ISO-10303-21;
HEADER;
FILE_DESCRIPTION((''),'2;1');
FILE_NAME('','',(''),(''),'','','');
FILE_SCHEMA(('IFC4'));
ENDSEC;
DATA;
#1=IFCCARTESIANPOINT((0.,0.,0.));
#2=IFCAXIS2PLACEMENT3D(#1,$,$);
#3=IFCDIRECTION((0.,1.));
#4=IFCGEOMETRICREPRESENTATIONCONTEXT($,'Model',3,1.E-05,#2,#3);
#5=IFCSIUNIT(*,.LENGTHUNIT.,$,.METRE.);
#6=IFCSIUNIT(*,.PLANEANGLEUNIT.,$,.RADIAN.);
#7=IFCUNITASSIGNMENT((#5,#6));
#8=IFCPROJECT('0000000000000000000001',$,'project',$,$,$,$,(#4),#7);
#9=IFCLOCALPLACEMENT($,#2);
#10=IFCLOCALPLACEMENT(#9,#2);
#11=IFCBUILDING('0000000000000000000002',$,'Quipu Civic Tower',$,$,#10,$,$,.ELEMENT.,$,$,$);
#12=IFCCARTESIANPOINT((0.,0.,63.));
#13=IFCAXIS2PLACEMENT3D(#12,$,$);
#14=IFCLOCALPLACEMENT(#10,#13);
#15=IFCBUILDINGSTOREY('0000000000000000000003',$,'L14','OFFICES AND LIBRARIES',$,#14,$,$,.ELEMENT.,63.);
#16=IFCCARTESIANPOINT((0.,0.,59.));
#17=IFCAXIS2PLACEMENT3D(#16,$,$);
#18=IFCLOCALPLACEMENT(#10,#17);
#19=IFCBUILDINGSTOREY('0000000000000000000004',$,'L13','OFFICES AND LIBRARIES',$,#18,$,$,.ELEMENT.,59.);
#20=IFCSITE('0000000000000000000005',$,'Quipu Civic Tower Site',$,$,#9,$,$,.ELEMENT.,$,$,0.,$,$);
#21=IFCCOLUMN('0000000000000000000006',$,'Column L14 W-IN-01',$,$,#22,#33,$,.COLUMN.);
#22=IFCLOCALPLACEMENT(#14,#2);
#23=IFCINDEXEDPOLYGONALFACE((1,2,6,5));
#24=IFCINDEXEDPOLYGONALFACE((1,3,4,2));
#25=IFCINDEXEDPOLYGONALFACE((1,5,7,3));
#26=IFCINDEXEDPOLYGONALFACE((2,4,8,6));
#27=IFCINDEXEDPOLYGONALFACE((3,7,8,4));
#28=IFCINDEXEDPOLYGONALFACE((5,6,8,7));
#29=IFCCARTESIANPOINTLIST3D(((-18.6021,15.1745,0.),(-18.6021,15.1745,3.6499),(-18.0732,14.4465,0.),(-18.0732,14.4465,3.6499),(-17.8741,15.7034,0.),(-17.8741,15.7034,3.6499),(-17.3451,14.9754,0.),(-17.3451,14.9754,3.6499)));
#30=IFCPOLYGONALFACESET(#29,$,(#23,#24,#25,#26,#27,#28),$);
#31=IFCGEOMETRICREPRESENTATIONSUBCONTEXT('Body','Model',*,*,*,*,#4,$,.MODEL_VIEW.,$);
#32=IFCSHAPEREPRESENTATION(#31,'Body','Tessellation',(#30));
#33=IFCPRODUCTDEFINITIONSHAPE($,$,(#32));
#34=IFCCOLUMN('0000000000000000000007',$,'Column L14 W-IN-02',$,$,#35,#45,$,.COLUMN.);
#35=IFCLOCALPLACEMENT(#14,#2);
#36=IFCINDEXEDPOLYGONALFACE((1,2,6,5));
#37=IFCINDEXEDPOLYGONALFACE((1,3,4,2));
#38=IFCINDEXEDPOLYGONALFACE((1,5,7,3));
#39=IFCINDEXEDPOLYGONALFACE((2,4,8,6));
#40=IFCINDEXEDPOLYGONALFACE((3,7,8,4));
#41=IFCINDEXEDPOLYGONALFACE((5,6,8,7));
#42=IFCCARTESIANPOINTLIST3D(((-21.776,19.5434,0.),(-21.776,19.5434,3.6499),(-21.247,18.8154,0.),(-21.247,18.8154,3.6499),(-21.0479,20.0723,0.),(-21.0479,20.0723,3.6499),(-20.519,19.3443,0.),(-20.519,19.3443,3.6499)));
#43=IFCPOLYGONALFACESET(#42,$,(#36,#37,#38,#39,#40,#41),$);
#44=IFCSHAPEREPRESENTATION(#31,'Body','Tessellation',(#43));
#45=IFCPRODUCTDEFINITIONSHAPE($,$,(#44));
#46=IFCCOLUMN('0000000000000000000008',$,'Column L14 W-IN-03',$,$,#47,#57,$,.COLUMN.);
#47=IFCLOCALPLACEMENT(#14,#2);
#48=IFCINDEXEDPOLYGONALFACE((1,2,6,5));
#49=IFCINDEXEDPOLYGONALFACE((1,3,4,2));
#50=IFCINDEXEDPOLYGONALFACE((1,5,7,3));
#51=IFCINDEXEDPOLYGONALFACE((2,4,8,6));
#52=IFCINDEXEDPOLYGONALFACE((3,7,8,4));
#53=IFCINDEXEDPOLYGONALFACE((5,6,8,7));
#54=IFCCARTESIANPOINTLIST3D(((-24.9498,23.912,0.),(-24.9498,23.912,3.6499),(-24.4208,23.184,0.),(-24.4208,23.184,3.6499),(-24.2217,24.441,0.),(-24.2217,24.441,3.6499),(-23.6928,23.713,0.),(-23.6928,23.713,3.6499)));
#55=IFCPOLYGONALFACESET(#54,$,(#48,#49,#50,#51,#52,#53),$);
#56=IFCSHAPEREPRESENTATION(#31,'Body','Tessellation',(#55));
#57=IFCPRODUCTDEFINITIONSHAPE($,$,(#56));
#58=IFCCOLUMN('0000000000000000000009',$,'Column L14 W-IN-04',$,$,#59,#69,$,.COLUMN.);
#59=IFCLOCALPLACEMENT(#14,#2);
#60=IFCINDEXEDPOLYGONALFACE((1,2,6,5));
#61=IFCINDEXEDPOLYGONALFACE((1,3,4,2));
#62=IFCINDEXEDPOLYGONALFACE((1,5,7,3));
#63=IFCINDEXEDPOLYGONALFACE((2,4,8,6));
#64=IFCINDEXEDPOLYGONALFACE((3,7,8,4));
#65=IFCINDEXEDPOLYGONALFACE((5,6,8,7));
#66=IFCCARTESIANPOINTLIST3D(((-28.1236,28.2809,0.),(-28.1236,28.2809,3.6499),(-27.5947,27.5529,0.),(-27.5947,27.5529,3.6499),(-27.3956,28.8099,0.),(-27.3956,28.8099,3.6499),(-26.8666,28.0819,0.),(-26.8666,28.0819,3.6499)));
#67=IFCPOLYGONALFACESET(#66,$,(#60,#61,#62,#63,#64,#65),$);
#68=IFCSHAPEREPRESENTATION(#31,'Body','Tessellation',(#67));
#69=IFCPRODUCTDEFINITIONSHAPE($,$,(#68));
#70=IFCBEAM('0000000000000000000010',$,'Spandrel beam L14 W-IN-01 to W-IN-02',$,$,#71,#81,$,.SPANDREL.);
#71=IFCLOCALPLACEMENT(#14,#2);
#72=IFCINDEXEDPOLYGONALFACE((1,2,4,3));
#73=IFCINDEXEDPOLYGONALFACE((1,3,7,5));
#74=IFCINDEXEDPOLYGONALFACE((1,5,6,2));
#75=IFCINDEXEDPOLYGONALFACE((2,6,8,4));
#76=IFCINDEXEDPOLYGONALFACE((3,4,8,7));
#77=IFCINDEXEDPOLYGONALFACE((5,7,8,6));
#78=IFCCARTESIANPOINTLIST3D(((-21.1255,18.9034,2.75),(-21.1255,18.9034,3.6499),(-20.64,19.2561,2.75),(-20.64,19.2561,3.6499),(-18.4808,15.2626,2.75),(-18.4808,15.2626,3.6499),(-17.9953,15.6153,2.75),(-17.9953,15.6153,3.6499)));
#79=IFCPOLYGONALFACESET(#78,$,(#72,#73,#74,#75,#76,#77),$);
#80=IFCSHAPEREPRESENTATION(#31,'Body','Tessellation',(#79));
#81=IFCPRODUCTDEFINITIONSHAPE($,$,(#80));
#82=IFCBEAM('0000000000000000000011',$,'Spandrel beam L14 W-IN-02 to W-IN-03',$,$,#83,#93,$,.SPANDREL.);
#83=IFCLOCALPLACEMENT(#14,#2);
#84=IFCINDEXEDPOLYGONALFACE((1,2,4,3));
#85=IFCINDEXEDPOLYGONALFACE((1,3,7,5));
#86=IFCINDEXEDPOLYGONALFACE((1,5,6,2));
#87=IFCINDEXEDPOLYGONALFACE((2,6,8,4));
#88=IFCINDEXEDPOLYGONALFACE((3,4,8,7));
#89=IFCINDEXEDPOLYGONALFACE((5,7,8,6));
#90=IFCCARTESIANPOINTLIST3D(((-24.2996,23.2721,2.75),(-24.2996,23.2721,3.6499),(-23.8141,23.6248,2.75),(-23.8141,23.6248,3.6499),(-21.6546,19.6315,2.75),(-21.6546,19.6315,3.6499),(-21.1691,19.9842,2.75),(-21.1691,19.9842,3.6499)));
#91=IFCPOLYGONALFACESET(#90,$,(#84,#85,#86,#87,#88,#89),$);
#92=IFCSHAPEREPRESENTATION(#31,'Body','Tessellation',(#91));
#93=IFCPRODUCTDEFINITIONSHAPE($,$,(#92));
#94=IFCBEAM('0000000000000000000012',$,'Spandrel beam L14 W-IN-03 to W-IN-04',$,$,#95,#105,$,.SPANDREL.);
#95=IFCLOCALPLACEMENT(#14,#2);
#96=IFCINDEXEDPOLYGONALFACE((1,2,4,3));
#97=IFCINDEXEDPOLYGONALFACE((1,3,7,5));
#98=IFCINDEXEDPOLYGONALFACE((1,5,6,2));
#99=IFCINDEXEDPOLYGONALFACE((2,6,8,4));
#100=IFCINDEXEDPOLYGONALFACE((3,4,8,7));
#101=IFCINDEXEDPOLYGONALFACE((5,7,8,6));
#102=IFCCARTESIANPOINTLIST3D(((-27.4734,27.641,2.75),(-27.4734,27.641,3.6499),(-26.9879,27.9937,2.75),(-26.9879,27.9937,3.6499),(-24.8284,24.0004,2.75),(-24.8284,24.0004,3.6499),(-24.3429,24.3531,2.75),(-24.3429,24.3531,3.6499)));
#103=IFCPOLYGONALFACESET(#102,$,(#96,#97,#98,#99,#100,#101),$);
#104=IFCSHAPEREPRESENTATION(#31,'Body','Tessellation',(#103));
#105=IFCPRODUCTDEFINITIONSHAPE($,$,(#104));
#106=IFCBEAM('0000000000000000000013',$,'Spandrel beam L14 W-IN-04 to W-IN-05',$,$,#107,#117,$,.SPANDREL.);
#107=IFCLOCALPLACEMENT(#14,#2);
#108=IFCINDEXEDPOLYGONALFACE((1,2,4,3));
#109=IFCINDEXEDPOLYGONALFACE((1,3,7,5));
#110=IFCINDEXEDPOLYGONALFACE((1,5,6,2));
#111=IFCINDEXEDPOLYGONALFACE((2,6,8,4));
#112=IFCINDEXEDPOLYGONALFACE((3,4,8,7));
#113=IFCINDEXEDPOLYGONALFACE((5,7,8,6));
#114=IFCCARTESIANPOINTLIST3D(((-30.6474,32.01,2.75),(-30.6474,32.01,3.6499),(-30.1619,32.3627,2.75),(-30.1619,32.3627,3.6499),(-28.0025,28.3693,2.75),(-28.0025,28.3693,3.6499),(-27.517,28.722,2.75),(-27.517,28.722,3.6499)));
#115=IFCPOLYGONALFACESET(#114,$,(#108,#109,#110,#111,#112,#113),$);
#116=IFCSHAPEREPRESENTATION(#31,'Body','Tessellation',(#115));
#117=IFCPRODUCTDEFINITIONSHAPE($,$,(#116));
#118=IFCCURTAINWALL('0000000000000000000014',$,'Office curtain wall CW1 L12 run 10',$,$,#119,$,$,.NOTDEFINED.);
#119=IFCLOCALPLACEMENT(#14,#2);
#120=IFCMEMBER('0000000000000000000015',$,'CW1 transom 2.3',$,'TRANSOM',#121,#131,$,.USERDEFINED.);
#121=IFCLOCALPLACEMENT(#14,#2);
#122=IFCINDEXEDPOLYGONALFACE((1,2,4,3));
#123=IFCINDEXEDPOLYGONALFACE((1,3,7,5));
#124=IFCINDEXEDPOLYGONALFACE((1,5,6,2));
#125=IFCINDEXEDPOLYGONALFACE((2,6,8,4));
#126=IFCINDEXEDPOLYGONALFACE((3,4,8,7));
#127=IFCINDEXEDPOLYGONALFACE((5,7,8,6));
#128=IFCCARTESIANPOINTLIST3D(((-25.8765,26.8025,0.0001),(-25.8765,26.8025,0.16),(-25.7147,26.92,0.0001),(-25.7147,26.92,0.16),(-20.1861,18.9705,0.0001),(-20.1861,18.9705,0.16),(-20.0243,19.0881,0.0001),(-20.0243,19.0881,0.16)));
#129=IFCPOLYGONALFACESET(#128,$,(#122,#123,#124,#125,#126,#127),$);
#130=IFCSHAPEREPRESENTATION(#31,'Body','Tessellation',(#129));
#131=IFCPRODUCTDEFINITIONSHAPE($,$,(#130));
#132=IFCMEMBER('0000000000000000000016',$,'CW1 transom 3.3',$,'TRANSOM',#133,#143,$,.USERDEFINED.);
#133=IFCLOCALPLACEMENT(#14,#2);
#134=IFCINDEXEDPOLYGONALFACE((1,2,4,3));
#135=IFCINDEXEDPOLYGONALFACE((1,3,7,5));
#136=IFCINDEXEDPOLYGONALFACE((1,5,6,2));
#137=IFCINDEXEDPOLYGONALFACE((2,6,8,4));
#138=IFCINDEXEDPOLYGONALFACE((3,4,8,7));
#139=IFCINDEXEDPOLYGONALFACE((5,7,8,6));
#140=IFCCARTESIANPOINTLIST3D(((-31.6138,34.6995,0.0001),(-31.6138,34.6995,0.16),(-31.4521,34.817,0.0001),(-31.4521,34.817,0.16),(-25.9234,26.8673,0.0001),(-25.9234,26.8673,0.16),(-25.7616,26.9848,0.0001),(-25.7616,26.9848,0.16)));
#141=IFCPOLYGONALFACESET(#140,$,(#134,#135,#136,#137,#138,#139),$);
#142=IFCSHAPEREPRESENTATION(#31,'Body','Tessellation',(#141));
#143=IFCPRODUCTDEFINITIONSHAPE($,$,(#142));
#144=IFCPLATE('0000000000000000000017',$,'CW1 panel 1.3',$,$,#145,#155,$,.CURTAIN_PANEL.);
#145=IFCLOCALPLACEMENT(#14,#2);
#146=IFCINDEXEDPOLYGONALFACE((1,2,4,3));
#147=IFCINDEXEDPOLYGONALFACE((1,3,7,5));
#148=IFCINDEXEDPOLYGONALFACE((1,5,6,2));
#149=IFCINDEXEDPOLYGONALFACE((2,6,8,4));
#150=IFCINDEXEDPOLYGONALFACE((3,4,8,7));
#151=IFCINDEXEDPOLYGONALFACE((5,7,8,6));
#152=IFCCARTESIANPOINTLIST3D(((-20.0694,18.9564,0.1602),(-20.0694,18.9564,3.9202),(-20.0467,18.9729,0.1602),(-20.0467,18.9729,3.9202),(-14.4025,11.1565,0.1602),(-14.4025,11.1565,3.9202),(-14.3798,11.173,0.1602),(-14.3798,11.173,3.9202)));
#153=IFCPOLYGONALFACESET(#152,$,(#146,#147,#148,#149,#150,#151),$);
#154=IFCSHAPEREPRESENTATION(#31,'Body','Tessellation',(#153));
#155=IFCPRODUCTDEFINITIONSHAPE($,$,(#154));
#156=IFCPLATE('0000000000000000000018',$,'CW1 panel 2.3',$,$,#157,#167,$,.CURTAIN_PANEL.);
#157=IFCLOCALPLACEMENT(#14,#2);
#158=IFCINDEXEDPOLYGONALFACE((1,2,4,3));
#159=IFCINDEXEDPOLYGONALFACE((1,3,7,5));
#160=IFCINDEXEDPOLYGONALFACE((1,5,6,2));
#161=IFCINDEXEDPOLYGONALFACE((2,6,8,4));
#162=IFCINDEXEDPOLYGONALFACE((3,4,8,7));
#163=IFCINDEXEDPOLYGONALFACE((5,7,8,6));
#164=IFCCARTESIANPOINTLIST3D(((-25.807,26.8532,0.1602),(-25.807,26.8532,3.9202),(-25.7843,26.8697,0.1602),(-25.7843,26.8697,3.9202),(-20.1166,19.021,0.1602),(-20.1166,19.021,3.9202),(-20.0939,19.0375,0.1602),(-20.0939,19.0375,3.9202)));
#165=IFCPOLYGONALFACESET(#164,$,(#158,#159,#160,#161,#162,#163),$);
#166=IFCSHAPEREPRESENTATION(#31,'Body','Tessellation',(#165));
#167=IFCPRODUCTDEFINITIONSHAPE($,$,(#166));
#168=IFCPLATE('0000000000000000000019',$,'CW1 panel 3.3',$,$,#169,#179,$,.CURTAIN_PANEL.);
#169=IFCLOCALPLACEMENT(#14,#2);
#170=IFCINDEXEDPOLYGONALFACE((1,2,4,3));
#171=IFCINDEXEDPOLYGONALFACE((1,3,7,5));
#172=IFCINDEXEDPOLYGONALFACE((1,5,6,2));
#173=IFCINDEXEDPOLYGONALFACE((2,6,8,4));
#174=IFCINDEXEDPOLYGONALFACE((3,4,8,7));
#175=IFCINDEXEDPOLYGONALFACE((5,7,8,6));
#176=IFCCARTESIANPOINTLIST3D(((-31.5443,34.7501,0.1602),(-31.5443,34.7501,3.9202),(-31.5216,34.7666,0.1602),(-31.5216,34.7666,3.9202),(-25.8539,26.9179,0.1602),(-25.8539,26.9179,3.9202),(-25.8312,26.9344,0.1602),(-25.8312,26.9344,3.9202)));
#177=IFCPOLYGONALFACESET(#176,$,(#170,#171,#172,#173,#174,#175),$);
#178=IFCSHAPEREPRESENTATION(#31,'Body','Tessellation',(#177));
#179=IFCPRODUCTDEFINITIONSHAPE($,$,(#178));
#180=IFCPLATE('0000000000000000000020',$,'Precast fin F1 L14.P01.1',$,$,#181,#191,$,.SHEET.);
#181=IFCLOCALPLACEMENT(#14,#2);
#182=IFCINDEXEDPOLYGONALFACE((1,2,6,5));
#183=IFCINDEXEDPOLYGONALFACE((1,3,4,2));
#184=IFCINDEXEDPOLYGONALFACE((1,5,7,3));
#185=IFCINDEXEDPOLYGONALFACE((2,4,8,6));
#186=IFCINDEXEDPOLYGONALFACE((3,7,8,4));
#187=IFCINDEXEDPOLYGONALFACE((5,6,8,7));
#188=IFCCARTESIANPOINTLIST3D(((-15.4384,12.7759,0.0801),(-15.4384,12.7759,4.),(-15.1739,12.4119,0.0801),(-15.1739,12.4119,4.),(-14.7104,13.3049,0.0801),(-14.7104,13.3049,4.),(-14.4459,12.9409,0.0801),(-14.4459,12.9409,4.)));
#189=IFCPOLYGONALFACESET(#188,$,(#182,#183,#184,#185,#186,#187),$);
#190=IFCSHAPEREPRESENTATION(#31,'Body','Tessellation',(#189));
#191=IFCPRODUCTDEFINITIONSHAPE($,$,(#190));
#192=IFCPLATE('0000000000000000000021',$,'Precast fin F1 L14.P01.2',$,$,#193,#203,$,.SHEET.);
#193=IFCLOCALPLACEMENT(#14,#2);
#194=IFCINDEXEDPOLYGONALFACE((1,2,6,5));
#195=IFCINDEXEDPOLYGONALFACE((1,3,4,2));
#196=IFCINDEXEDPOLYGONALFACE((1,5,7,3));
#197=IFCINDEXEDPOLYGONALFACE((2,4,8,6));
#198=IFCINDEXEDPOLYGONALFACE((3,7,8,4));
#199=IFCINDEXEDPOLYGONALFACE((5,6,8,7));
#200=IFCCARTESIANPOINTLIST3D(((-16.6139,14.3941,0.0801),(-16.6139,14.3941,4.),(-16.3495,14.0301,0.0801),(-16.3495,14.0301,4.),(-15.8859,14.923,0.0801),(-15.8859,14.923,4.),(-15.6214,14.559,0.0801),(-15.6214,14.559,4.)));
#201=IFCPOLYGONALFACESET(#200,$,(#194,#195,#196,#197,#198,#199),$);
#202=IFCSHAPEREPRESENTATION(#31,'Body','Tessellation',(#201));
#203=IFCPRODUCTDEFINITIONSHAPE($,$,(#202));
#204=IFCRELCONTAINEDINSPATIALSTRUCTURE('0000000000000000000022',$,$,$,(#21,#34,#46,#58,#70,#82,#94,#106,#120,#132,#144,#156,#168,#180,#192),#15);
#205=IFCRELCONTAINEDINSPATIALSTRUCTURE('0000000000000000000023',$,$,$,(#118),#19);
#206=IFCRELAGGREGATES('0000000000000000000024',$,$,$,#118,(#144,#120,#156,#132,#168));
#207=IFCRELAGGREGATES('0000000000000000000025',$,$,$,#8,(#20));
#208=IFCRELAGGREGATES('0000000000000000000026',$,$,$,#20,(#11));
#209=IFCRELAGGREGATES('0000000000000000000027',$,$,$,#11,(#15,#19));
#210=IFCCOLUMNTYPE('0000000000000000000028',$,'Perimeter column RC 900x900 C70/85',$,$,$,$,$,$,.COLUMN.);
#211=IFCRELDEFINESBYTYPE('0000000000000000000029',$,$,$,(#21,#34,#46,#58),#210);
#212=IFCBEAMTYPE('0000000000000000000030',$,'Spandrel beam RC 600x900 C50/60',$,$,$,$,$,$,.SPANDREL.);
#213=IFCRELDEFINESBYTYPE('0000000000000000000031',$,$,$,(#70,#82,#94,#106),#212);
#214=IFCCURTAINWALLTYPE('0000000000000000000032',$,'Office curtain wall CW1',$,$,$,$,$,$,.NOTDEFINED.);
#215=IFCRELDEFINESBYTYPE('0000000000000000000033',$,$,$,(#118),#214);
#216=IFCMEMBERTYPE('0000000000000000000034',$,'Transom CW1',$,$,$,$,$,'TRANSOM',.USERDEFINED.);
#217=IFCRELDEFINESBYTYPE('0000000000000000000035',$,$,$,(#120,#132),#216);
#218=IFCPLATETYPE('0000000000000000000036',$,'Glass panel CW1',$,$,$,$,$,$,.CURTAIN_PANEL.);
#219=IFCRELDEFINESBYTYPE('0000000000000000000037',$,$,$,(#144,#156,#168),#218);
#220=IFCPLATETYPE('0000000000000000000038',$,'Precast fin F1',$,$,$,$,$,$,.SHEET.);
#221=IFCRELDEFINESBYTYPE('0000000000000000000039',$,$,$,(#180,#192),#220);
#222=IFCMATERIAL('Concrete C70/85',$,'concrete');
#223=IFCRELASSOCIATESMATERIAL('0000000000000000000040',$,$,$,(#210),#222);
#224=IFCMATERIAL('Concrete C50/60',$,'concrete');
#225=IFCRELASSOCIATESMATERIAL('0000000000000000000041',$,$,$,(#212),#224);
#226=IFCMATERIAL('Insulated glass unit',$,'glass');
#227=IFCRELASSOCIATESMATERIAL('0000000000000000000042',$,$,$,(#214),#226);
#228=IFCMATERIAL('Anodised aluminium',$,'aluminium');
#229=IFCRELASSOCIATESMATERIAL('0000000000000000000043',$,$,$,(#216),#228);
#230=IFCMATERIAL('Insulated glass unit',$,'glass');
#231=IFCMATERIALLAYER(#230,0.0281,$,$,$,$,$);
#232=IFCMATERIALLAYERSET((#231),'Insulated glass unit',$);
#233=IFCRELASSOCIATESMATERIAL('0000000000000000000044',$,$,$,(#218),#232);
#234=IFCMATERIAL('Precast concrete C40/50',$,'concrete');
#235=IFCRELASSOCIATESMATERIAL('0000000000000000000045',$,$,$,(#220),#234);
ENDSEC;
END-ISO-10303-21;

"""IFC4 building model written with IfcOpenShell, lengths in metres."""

from ifc_helpers import new_model, si_unit, direction, frame, origin, origin_2d, place, context, subcontext, project, spatial, rectangle, extrude, material, layer, layer_set, material_profile, profile_set, type_object, element, aggregate, save


model = new_model("IFC4")

# Units and contexts
model_context = context("Model", 3, precision=1e-05, world=origin(), true_north=direction((0.0, 1.0)))
body_context = subcontext(model_context, "Body", "Model", "MODEL_VIEW")
ifc_project = project(units=[si_unit("LENGTHUNIT", "METRE"), si_unit("PLANEANGLEUNIT", "RADIAN")], contexts=[model_context])

# Site, building, storey
site_placement = place(None, origin())
site = spatial("IfcSite", under=ifc_project, at=site_placement, Name="Quipu Civic Tower Site", CompositionType="ELEMENT", RefElevation=0.0)
building_placement = place(site_placement, origin())
building = spatial("IfcBuilding", under=site, at=building_placement, Name="Quipu Civic Tower", CompositionType="ELEMENT")
storey_1_placement = place(building_placement, frame((0.0, 0.0, 63.0)))
storey_1 = spatial("IfcBuildingStorey", under=building, at=storey_1_placement, Name="L14", Description="OFFICES AND LIBRARIES", CompositionType="ELEMENT", Elevation=63.0)

# Columns
ifc_material_1 = material(Name="Concrete C70/85", Category="concrete")
ifc_material_profile_1 = material_profile(ifc_material_1, rectangle(XDim=0.8999, YDim=0.8999, at=origin_2d()), Name="RC900x900")
ifc_profile_set_1 = profile_set([ifc_material_profile_1], Name="Concrete C70/85")
column_type = type_object("IfcColumnType", Name="Perimeter column RC 900x900 C70/85", PredefinedType="COLUMN", material=ifc_profile_set_1)
for number, where, z_axis, x_axis, name in (
    (1, (-17.9736, 15.075, 0.0), (0.0, 0.0, 1.0), (-0.587785, 0.809017, 0.0), "Column L14 W-IN-01"),
    (2, (-21.1475, 19.4438, 0.0), (0.0, 0.0, 1.0), (-0.587785, 0.809017, 0.0), "Column L14 W-IN-02"),
    (3, (-24.3213, 23.8125, 0.0), (0.0, 0.0, 1.0), (-0.587785, 0.809017, 0.0), "Column L14 W-IN-03"),
    (4, (-27.4951, 28.1814, 0.0), (0.0, 0.0, 1.0), (-0.587785, 0.809017, 0.0), "Column L14 W-IN-04"),
):
    element("IfcColumn", number, at=place(storey_1_placement, frame(where, z_axis=z_axis, x_axis=x_axis)), inside=storey_1, type_object=column_type, Name=name, PredefinedType="COLUMN", context=body_context, shape_type="SweptSolid", body=[
        extrude(rectangle(XDim=0.8999, YDim=0.8999, at=origin_2d()), origin(), (0.0, 0.0, 1.0), 3.6499),
    ])

# Beams
ifc_material_2 = material(Name="Concrete C50/60", Category="concrete")
ifc_material_profile_2 = material_profile(ifc_material_2, rectangle(XDim=0.6001, YDim=0.8999, at=origin_2d()), Name="RC600x900")
ifc_profile_set_2 = profile_set([ifc_material_profile_2], Name="Concrete C50/60")
beam_type = type_object("IfcBeamType", Name="Spandrel beam RC 600x900 C50/60", PredefinedType="SPANDREL", material=ifc_profile_set_2)
for number, where, z_axis, x_axis, name in (
    (5, (-18.238, 15.439, 3.2), (-0.587717, 0.809067, 0.0), (-0.809067, -0.587717, 0.0), "Spandrel beam L14 W-IN-01 to W-IN-02"),
    (6, (-21.4119, 19.8079, 3.2), (-0.587778, 0.809022, 0.0), (-0.809022, -0.587778, 0.0), "Spandrel beam L14 W-IN-02 to W-IN-03"),
    (7, (-24.5857, 24.1768, 3.2), (-0.587778, 0.809022, 0.0), (-0.809022, -0.587778, 0.0), "Spandrel beam L14 W-IN-03 to W-IN-04"),
    (8, (-27.7598, 28.5457, 3.2), (-0.587743, 0.809048, 0.0), (-0.809048, -0.587743, 0.0), "Spandrel beam L14 W-IN-04 to W-IN-05"),
):
    element("IfcBeam", number, at=place(storey_1_placement, frame(where, z_axis=z_axis, x_axis=x_axis)), inside=storey_1, type_object=beam_type, Name=name, PredefinedType="SPANDREL", context=body_context, shape_type="SweptSolid", body=[
        extrude(rectangle(XDim=0.6001, YDim=0.8999, at=origin_2d()), origin(), (0.0, 0.0, 1.0), 4.5),
    ])

# Shared definitions
storey_2_placement = place(building_placement, frame((0.0, 0.0, 59.0)))
storey_2 = spatial("IfcBuildingStorey", under=building, at=storey_2_placement, Name="L13", Description="OFFICES AND LIBRARIES", CompositionType="ELEMENT", Elevation=59.0)

# Curtain wall, members, plates
ifc_material_3 = material(Name="Insulated glass unit", Category="glass")
curtain_wall_type = type_object("IfcCurtainWallType", Name="Office curtain wall CW1", PredefinedType="NOTDEFINED", material=ifc_material_3)
curtain_wall_placement = place(storey_2_placement, origin())
curtain_wall = element("IfcCurtainWall", 9, at=curtain_wall_placement, inside=storey_2, type_object=curtain_wall_type, Name="Office curtain wall CW1 L12 run 10", PredefinedType="NOTDEFINED")
ifc_material_4 = material(Name="Anodised aluminium", Category="aluminium")
ifc_material_profile_3 = material_profile(ifc_material_4, rectangle(XDim=0.2, YDim=0.1599, at=origin_2d()), Name="RECT 200x160")
ifc_profile_set_3 = profile_set([ifc_material_profile_3], Name="Anodised aluminium")
member_type = type_object("IfcMemberType", Name="Transom CW1", ElementType="TRANSOM", PredefinedType="USERDEFINED", material=ifc_profile_set_3)
member_1_placement = place(storey_1_placement, frame((-20.1052, 19.0293, 0.0801), z_axis=(-0.587794, 0.809011, 0.0), x_axis=(-0.809011, -0.587794, 0.0)))
member_1 = element("IfcMember", 10, at=member_1_placement, inside=storey_1, type_object=member_type, Name="CW1 transom 2.3", ObjectType="TRANSOM", PredefinedType="USERDEFINED", context=body_context, shape_type="SweptSolid", body=[
    extrude(rectangle(XDim=0.2, YDim=0.1599, at=origin_2d()), origin(), (0.0, 0.0, 1.0), 9.6809),
])
member_2_placement = place(storey_1_placement, frame((-25.8425, 26.926, 0.0801), z_axis=(-0.587782, 0.80902, 0.0), x_axis=(-0.80902, -0.587782, 0.0)))
member_2 = element("IfcMember", 11, at=member_2_placement, inside=storey_1, type_object=member_type, Name="CW1 transom 3.3", ObjectType="TRANSOM", PredefinedType="USERDEFINED", context=body_context, shape_type="SweptSolid", body=[
    extrude(rectangle(XDim=0.2, YDim=0.1599, at=origin_2d()), origin(), (0.0, 0.0, 1.0), 9.6812),
])
ifc_material_5 = material(Name="Insulated glass unit", Category="glass")
ifc_layer_1 = layer(ifc_material_5, 0.0281)
ifc_layer_set_1 = layer_set([ifc_layer_1], Name="Insulated glass unit")
plate_type_1 = type_object("IfcPlateType", Name="Glass panel CW1", PredefinedType="CURTAIN_PANEL", material=ifc_layer_set_1)
plate_1_placement = place(storey_1_placement, frame((-17.2246, 15.0647, 0.1602), z_axis=(0.0, 0.0, 1.0), x_axis=(-0.587786, 0.809017, 0.0)))
plate_1 = element("IfcPlate", 12, at=plate_1_placement, inside=storey_1, type_object=plate_type_1, Name="CW1 panel 1.3", PredefinedType="CURTAIN_PANEL", context=body_context, shape_type="SweptSolid", body=[
    extrude(rectangle(XDim=9.6411, YDim=0.0281, at=origin_2d()), origin(), (0.0, 0.0, 1.0), 3.76),
])
plate_2_placement = place(storey_1_placement, frame((-22.9504, 22.9453, 0.1602), z_axis=(0.0, 0.0, 1.0), x_axis=(-0.587786, 0.809017, 0.0)))
plate_2 = element("IfcPlate", 13, at=plate_2_placement, inside=storey_1, type_object=plate_type_1, Name="CW1 panel 2.3", PredefinedType="CURTAIN_PANEL", context=body_context, shape_type="SweptSolid", body=[
    extrude(rectangle(XDim=9.6812, YDim=0.0281, at=origin_2d()), origin(), (0.0, 0.0, 1.0), 3.76),
])
plate_3_placement = place(storey_1_placement, frame((-28.6877, 30.8423, 0.1602), z_axis=(0.0, 0.0, 1.0), x_axis=(-0.587786, 0.809017, 0.0)))
plate_3 = element("IfcPlate", 14, at=plate_3_placement, inside=storey_1, type_object=plate_type_1, Name="CW1 panel 3.3", PredefinedType="CURTAIN_PANEL", context=body_context, shape_type="SweptSolid", body=[
    extrude(rectangle(XDim=9.6812, YDim=0.0281, at=origin_2d()), origin(), (0.0, 0.0, 1.0), 3.76),
])
aggregate(curtain_wall, [plate_1, member_1, plate_2, member_2, plate_3])

# Plates
ifc_material_6 = material(Name="Precast concrete C40/50", Category="concrete")
plate_type_2 = type_object("IfcPlateType", Name="Precast fin F1", PredefinedType="SHEET", material=ifc_material_6)
for number, where, z_axis, x_axis, name in (
    (15, (-14.9421, 12.8584, 0.0801), (0.0, 0.0, 1.0), (-0.587785, 0.809017, 0.0), "Precast fin F1 L14.P01.1"),
    (16, (-16.1177, 14.4766, 0.0801), (0.0, 0.0, 1.0), (-0.587785, 0.809017, 0.0), "Precast fin F1 L14.P01.2"),
):
    element("IfcPlate", number, at=place(storey_1_placement, frame(where, z_axis=z_axis, x_axis=x_axis)), inside=storey_1, type_object=plate_type_2, Name=name, PredefinedType="SHEET", context=body_context, shape_type="SweptSolid", body=[
        extrude(rectangle(XDim=0.45, YDim=0.8999, at=origin_2d()), origin(), (0.0, 0.0, 1.0), 3.9199),
    ])

save(model, "model.ifc")
